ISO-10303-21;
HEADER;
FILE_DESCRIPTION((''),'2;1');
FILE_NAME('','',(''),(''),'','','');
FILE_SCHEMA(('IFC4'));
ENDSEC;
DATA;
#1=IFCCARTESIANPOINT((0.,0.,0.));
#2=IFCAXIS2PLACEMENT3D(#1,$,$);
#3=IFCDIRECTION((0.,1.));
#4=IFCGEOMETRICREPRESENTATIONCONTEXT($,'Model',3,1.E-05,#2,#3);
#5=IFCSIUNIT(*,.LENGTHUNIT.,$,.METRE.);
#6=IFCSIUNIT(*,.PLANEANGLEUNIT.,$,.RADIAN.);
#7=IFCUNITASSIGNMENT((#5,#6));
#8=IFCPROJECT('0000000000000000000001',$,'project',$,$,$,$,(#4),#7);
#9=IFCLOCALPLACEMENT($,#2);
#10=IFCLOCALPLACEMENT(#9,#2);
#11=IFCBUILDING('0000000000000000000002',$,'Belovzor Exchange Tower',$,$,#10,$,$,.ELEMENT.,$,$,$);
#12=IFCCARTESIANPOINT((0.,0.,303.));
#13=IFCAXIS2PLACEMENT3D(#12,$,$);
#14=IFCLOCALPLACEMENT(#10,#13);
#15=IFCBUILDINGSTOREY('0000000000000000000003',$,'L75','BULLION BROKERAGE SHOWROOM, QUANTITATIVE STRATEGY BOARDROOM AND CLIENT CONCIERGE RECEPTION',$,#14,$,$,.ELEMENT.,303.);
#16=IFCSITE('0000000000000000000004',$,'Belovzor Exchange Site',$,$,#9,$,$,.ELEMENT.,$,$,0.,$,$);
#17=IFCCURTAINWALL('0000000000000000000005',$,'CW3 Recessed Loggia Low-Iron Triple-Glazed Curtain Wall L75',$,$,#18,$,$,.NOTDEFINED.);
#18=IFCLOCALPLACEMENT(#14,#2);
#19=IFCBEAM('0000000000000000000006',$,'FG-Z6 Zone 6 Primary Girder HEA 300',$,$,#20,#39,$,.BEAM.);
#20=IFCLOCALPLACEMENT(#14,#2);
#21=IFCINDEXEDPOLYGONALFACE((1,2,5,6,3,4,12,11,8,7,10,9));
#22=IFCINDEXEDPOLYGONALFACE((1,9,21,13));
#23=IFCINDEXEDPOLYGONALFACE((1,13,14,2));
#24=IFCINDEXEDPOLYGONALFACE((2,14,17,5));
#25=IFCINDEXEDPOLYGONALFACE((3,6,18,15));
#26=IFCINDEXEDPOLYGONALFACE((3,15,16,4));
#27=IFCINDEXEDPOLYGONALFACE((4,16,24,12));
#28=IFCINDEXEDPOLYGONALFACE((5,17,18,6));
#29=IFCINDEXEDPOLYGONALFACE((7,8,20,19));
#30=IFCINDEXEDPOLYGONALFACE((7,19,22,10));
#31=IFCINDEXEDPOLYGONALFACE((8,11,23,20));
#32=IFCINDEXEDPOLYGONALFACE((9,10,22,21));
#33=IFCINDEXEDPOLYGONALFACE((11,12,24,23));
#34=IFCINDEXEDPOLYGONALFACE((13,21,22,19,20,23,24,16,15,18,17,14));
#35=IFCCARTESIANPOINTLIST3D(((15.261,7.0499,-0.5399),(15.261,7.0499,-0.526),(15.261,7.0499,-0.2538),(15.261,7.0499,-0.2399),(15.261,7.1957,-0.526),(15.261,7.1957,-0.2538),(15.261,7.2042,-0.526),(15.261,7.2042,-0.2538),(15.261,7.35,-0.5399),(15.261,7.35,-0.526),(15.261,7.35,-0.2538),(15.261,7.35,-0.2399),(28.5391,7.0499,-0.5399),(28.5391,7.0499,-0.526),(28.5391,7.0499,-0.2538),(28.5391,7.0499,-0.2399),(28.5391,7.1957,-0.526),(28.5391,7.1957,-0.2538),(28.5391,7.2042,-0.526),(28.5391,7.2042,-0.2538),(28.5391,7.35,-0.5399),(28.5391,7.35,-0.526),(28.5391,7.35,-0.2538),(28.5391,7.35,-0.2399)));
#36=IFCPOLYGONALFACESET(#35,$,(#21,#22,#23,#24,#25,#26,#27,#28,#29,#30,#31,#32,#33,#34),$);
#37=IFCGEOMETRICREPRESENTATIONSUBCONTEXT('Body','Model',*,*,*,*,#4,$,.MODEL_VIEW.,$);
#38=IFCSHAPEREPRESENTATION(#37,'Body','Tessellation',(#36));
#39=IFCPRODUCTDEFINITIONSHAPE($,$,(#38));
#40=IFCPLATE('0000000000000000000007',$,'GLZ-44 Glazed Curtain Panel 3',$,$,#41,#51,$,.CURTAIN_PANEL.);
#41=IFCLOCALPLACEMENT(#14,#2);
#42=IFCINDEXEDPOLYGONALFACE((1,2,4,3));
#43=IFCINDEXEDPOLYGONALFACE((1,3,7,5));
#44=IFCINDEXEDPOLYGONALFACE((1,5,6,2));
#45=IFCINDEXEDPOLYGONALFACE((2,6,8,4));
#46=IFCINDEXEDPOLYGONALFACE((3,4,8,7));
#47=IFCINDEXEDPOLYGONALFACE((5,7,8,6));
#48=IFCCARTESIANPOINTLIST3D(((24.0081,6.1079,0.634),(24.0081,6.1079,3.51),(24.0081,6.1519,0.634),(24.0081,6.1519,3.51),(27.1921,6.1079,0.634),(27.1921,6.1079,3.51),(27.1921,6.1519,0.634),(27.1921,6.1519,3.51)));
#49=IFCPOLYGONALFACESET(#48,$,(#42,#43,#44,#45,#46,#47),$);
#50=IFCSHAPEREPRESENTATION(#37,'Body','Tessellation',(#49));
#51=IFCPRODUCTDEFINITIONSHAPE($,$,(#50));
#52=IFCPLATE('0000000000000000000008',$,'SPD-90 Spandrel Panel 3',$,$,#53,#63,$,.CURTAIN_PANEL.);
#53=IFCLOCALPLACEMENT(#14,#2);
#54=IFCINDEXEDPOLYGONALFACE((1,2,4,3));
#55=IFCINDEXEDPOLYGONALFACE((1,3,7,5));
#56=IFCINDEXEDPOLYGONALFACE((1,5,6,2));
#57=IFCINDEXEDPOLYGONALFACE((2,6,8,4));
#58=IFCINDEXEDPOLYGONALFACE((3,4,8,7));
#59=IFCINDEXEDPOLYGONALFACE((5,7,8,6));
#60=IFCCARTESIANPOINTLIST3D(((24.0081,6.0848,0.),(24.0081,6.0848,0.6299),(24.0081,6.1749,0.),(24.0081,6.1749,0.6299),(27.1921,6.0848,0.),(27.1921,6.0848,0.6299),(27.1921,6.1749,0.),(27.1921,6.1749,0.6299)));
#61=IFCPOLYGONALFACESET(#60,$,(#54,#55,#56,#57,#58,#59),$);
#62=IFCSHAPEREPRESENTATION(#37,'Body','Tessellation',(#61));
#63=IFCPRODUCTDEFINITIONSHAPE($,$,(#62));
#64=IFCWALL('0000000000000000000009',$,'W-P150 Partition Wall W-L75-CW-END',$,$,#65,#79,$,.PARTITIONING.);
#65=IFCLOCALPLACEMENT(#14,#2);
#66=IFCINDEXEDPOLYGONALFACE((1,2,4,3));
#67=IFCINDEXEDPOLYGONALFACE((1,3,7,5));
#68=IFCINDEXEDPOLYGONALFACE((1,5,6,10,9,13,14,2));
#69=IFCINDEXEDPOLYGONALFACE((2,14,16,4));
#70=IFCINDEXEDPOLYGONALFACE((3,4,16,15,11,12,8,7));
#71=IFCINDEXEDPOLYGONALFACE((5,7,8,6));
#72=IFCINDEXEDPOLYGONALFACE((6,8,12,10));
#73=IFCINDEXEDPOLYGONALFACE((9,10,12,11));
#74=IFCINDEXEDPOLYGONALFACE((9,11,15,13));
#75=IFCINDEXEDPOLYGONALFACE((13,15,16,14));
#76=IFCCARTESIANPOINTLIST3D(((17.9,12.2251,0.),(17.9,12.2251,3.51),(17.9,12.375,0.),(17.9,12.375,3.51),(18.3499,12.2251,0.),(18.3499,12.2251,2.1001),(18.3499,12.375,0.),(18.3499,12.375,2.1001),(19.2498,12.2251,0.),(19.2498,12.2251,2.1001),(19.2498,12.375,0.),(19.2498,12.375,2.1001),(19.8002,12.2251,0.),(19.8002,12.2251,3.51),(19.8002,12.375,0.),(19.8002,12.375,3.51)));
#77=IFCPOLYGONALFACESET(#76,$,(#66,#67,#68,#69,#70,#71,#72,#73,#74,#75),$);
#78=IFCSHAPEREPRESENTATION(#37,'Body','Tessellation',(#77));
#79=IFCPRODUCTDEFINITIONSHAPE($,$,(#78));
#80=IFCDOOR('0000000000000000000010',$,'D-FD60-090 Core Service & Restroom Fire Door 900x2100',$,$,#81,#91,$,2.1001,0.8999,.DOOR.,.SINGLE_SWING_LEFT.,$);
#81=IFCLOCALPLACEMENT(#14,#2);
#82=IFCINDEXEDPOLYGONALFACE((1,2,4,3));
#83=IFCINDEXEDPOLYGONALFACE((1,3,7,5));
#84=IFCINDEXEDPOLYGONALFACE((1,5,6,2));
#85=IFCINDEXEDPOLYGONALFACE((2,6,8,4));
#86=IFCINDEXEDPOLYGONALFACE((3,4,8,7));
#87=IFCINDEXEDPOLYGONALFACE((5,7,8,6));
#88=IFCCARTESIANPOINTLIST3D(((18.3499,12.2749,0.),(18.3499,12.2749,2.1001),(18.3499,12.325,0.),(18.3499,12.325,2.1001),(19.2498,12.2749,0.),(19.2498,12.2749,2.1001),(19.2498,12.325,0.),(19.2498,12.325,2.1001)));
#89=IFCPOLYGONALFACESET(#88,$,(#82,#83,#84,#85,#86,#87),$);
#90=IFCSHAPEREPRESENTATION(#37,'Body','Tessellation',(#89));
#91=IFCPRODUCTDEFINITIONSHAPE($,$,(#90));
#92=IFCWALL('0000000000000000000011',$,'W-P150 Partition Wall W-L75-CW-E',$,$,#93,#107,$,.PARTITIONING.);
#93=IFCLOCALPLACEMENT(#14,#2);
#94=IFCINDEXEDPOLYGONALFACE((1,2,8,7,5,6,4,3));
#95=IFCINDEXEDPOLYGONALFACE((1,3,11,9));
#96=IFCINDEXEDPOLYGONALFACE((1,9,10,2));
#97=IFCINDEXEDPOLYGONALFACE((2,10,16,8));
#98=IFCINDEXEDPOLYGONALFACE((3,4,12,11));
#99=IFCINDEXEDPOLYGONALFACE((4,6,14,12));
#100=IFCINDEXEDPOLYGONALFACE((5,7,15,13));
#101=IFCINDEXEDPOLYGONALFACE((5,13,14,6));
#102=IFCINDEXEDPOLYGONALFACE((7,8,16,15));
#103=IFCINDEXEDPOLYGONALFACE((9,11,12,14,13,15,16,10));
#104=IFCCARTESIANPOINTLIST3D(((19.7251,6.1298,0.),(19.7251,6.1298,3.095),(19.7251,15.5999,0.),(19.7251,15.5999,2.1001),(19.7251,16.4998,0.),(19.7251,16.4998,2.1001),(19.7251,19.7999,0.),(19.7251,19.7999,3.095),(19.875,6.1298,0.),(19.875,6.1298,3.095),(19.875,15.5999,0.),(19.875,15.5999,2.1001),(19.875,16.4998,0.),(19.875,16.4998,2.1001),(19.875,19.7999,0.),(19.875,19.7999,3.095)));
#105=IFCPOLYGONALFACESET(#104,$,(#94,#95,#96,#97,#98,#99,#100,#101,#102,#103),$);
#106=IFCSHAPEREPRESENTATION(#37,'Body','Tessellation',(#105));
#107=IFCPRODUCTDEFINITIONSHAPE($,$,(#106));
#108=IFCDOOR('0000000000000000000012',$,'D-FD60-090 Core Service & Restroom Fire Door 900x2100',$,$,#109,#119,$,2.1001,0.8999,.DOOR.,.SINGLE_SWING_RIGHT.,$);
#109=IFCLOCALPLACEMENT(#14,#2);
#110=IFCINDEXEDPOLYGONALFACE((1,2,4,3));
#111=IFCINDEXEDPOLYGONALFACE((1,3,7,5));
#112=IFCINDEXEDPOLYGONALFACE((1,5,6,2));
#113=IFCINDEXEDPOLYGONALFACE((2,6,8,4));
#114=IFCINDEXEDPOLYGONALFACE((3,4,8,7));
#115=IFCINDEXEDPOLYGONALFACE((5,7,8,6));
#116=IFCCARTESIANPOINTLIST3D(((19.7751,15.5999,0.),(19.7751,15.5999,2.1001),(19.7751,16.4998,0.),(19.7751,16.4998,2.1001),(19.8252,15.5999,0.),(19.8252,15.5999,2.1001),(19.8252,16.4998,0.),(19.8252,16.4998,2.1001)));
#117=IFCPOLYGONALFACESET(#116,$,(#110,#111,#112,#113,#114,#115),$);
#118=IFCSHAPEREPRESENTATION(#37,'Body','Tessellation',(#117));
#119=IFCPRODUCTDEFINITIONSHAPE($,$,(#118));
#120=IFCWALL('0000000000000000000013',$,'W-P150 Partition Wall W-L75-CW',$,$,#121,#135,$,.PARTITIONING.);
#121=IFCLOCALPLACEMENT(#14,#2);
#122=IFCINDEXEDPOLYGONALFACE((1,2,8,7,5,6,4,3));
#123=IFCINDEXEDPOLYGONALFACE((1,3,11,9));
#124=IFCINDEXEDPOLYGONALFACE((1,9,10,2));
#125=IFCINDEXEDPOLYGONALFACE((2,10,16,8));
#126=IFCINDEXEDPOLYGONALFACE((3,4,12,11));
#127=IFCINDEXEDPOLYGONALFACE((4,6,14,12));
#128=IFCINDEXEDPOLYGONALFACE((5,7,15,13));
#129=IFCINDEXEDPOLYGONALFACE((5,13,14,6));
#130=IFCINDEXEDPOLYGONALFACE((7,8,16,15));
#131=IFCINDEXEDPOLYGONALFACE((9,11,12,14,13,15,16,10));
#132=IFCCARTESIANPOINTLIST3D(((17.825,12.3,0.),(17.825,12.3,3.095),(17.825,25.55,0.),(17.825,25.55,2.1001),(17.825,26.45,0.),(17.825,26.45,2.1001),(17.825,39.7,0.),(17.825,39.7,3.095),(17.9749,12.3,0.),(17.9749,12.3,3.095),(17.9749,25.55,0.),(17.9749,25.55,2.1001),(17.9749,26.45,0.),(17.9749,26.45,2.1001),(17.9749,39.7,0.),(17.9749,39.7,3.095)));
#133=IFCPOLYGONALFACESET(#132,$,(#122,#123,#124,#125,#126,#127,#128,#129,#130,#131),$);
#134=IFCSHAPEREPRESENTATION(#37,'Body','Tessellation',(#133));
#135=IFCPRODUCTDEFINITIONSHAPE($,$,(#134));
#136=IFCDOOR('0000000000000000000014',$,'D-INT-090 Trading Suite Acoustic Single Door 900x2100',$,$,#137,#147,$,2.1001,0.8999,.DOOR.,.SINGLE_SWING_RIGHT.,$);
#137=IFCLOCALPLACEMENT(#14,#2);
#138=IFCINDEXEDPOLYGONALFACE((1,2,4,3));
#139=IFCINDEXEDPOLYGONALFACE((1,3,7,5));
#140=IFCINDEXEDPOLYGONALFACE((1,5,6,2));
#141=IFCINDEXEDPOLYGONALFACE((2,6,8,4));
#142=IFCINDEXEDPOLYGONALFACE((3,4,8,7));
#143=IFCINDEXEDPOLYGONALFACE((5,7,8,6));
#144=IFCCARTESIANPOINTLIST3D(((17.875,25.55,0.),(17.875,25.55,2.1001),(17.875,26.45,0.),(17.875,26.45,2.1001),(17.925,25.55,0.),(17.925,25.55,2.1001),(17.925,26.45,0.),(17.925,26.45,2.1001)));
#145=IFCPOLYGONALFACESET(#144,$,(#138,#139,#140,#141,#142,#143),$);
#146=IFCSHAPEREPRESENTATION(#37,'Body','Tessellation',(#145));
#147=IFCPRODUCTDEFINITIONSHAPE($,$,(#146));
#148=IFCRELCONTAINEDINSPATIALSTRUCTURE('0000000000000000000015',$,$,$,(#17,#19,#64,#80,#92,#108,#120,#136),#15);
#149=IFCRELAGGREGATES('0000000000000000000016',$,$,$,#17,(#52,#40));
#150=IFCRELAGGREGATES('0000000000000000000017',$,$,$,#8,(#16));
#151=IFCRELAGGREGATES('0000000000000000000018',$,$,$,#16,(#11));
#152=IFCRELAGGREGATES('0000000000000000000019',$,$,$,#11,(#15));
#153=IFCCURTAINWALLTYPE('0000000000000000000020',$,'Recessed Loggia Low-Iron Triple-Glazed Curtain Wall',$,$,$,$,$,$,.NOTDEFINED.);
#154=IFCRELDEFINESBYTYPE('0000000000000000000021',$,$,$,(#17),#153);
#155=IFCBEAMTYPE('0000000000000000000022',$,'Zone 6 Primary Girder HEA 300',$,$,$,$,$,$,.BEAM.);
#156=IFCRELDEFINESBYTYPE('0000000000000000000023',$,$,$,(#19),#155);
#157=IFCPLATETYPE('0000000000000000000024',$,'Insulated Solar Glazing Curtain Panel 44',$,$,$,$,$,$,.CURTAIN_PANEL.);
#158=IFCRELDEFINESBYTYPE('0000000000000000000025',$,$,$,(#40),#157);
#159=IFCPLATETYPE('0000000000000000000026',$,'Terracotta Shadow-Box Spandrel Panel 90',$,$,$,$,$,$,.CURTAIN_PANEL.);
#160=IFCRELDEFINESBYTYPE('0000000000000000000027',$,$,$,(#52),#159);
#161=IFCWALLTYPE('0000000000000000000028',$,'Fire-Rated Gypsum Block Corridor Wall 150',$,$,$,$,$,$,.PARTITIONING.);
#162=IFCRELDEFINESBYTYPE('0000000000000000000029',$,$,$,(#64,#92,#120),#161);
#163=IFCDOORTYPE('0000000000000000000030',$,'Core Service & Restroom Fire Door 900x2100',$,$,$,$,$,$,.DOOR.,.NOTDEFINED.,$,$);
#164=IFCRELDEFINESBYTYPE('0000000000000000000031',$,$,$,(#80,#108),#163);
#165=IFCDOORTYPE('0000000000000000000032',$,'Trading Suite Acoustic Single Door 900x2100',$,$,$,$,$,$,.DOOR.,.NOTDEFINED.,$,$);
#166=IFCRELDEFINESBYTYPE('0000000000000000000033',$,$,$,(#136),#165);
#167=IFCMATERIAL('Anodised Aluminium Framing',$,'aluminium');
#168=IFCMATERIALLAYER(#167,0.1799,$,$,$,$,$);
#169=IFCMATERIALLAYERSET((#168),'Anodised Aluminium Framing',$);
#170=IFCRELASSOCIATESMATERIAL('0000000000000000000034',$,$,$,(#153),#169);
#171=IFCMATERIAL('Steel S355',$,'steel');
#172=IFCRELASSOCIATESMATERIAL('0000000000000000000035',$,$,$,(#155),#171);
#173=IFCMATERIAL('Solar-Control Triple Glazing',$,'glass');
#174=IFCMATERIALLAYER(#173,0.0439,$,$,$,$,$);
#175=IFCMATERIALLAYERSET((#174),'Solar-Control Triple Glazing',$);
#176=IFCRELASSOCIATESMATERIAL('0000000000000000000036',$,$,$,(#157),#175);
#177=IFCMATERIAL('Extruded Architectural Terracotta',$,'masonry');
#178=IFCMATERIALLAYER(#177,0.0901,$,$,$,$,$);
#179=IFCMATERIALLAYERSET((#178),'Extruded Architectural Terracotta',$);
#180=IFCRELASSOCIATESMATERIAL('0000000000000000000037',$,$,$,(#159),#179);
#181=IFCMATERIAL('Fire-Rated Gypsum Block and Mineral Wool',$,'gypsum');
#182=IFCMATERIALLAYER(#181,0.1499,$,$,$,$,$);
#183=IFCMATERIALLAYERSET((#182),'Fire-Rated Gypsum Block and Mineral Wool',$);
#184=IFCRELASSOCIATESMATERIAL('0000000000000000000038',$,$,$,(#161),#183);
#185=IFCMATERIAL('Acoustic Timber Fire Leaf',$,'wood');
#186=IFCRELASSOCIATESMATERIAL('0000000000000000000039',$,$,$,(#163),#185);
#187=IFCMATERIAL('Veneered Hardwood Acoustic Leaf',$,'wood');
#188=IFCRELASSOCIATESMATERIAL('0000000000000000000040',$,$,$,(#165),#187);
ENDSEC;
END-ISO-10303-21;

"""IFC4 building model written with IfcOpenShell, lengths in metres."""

from ifc_helpers import new_model, si_unit, direction, frame, frame_2d, origin, origin_2d, place, context, subcontext, project, spatial, rectangle, i_section, extrude, material, layer, layer_set, material_profile, profile_set, type_object, element, fill, aggregate, save


model = new_model("IFC4")

# Units and contexts
model_context = context("Model", 3, precision=1e-05, world=origin(), true_north=direction((0.0, 1.0)))
body_context = subcontext(model_context, "Body", "Model", "MODEL_VIEW")
ifc_project = project(units=[si_unit("LENGTHUNIT", "METRE"), si_unit("PLANEANGLEUNIT", "RADIAN")], contexts=[model_context])

# Site, building, storey
site_placement = place(None, origin())
site = spatial("IfcSite", under=ifc_project, at=site_placement, Name="Belovzor Exchange Site", CompositionType="ELEMENT", RefElevation=0.0)
building_placement = place(site_placement, origin())
building = spatial("IfcBuilding", under=site, at=building_placement, Name="Belovzor Exchange Tower", CompositionType="ELEMENT")
storey_placement = place(building_placement, frame((0.0, 0.0, 303.0)))
storey = spatial("IfcBuildingStorey", under=building, at=storey_placement, Name="L75", Description="BULLION BROKERAGE SHOWROOM, QUANTITATIVE STRATEGY BOARDROOM AND CLIENT CONCIERGE RECEPTION", CompositionType="ELEMENT", Elevation=303.0)

# Curtain wall
ifc_material_1 = material(Name="Anodised Aluminium Framing", Category="aluminium")
ifc_layer_1 = layer(ifc_material_1, 0.1799)
ifc_layer_set_1 = layer_set([ifc_layer_1], Name="Anodised Aluminium Framing")
curtain_wall_type = type_object("IfcCurtainWallType", Name="Recessed Loggia Low-Iron Triple-Glazed Curtain Wall", PredefinedType="NOTDEFINED", material=ifc_layer_set_1)
curtain_wall_placement = place(storey_placement, origin())
curtain_wall = element("IfcCurtainWall", 1, at=curtain_wall_placement, inside=storey, type_object=curtain_wall_type, Name="CW3 Recessed Loggia Low-Iron Triple-Glazed Curtain Wall L75", PredefinedType="NOTDEFINED")

# Beam
ifc_material_2 = material(Name="Steel S355", Category="steel")
ifc_material_profile_1 = material_profile(ifc_material_2, i_section(OverallWidth=0.3, OverallDepth=0.3, WebThickness=0.0085, FlangeThickness=0.0139, at=origin_2d()))
ifc_profile_set_1 = profile_set([ifc_material_profile_1], Name="Steel S355")
beam_type_1 = type_object("IfcBeamType", Name="Zone 6 Primary Girder HEA 300", PredefinedType="BEAM", material=ifc_profile_set_1)
beam_1_placement = place(storey_placement, frame((15.261, 7.2, -0.3899), z_axis=(1.0, 0.0, 0.0), x_axis=(0.0, 1.0, 0.0)))
element("IfcBeam", 2, at=beam_1_placement, inside=storey, type_object=beam_type_1, Name="FG-Z6 Zone 6 Primary Girder HEA 300", PredefinedType="BEAM", context=body_context, shape_type="SweptSolid", body=[
    extrude(i_section(OverallWidth=0.3, OverallDepth=0.3, WebThickness=0.0085, FlangeThickness=0.0139, at=origin_2d()), origin(), (0.0, 0.0, 1.0), 13.2781),
])

# Plates
ifc_material_3 = material(Name="Solar-Control Triple Glazing", Category="glass")
ifc_layer_2 = layer(ifc_material_3, 0.0439)
ifc_layer_set_2 = layer_set([ifc_layer_2], Name="Solar-Control Triple Glazing")
plate_type_1 = type_object("IfcPlateType", Name="Insulated Solar Glazing Curtain Panel 44", PredefinedType="CURTAIN_PANEL", material=ifc_layer_set_2)
plate_1_placement = place(storey_placement, frame((25.6001, 6.1299, 0.634), z_axis=(0.0, 0.0, 1.0), x_axis=(-1.0, 0.0, 0.0)))
plate_1 = element("IfcPlate", 3, at=plate_1_placement, type_object=plate_type_1, Name="GLZ-44 Glazed Curtain Panel 3", PredefinedType="CURTAIN_PANEL", context=body_context, shape_type="SweptSolid", body=[
    extrude(rectangle(XDim=3.1841, YDim=0.0439, at=origin_2d()), origin(), (0.0, 0.0, 1.0), 2.876),
])
ifc_material_4 = material(Name="Extruded Architectural Terracotta", Category="masonry")
ifc_layer_3 = layer(ifc_material_4, 0.0901)
ifc_layer_set_3 = layer_set([ifc_layer_3], Name="Extruded Architectural Terracotta")
plate_type_2 = type_object("IfcPlateType", Name="Terracotta Shadow-Box Spandrel Panel 90", PredefinedType="CURTAIN_PANEL", material=ifc_layer_set_3)
plate_2_placement = place(storey_placement, frame((25.6001, 6.1299, 0.0), z_axis=(0.0, 0.0, 1.0), x_axis=(-1.0, 0.0, 0.0)))
plate_2 = element("IfcPlate", 4, at=plate_2_placement, type_object=plate_type_2, Name="SPD-90 Spandrel Panel 3", PredefinedType="CURTAIN_PANEL", context=body_context, shape_type="SweptSolid", body=[
    extrude(rectangle(XDim=3.1841, YDim=0.0901, at=origin_2d()), origin(), (0.0, 0.0, 1.0), 0.6299),
])
aggregate(curtain_wall, [plate_2, plate_1])

# Walls, openings, doors
ifc_material_5 = material(Name="Fire-Rated Gypsum Block and Mineral Wool", Category="gypsum")
ifc_layer_4 = layer(ifc_material_5, 0.1499)
ifc_layer_set_4 = layer_set([ifc_layer_4], Name="Fire-Rated Gypsum Block and Mineral Wool")
wall_type_1 = type_object("IfcWallType", Name="Fire-Rated Gypsum Block Corridor Wall 150", PredefinedType="PARTITIONING", material=ifc_layer_set_4)
wall_1_placement = place(storey_placement, frame((17.8999, 12.3, 0.0), z_axis=(0.0, 0.0, 1.0), x_axis=(1.0, 0.0, 0.0)))
wall_1 = element("IfcWall", 5, at=wall_1_placement, inside=storey, type_object=wall_type_1, Name="W-P150 Partition Wall W-L75-CW-END", PredefinedType="PARTITIONING", context=body_context, shape_type="SweptSolid", body=[
    extrude(rectangle(XDim=1.9001, YDim=0.1499, at=frame_2d((0.9502, 0.0))), origin(), (0.0, 0.0, 1.0), 3.51),
])
opening_1_placement = place(wall_1_placement, frame((0.45, 0.0, 0.0)))
opening_1 = element("IfcOpeningElement", 6, at=opening_1_placement, cuts=wall_1, PredefinedType="OPENING", context=body_context, shape_type="SweptSolid", body=[
    extrude(rectangle(XDim=0.8999, YDim=2.1001, at=frame_2d((0.45, 1.05))), frame((0.0, 0.085, 0.0), z_axis=(0.0, -1.0, 0.0), x_axis=(1.0, 0.0, 0.0)), (0.0, 0.0, 1.0), 0.1699),
])
ifc_material_6 = material(Name="Acoustic Timber Fire Leaf", Category="wood")
door_type_1 = type_object("IfcDoorType", Name="Core Service & Restroom Fire Door 900x2100", OperationType="NOTDEFINED", PredefinedType="DOOR", material=ifc_material_6)
door_1_placement = place(opening_1_placement, origin())
door_1 = element("IfcDoor", 7, at=door_1_placement, inside=storey, type_object=door_type_1, Name="D-FD60-090 Core Service & Restroom Fire Door 900x2100", OperationType="SINGLE_SWING_LEFT", OverallHeight=2.1001, OverallWidth=0.8999, PredefinedType="DOOR", context=body_context, shape_type="SweptSolid", body=[
    extrude(rectangle(XDim=0.8999, YDim=2.1001, at=frame_2d((0.45, 1.05))), frame((0.0, 0.0249, 0.0), z_axis=(0.0, -1.0, 0.0), x_axis=(1.0, 0.0, 0.0)), (0.0, 0.0, 1.0), 0.05),
])
fill(opening_1, door_1)
wall_2_placement = place(storey_placement, frame((19.8, 6.1299, 0.0), z_axis=(0.0, 0.0, 1.0), x_axis=(0.0, 1.0, 0.0)))
wall_2 = element("IfcWall", 8, at=wall_2_placement, inside=storey, type_object=wall_type_1, Name="W-P150 Partition Wall W-L75-CW-E", PredefinedType="PARTITIONING", context=body_context, shape_type="SweptSolid", body=[
    extrude(rectangle(XDim=13.6702, YDim=0.1499, at=frame_2d((6.835, 0.0))), origin(), (0.0, 0.0, 1.0), 3.095),
])
opening_2_placement = place(wall_2_placement, frame((9.47, 0.0, 0.0)))
opening_2 = element("IfcOpeningElement", 9, at=opening_2_placement, cuts=wall_2, PredefinedType="OPENING", context=body_context, shape_type="SweptSolid", body=[
    extrude(rectangle(XDim=0.8999, YDim=2.1001, at=frame_2d((0.45, 1.05))), frame((0.0, 0.085, 0.0), z_axis=(0.0, -1.0, 0.0), x_axis=(1.0, 0.0, 0.0)), (0.0, 0.0, 1.0), 0.1699),
])
door_2_placement = place(opening_2_placement, origin())
door_2 = element("IfcDoor", 10, at=door_2_placement, inside=storey, type_object=door_type_1, Name="D-FD60-090 Core Service & Restroom Fire Door 900x2100", OperationType="SINGLE_SWING_RIGHT", OverallHeight=2.1001, OverallWidth=0.8999, PredefinedType="DOOR", context=body_context, shape_type="SweptSolid", body=[
    extrude(rectangle(XDim=0.8999, YDim=2.1001, at=frame_2d((0.45, 1.05))), frame((0.0, 0.0249, 0.0), z_axis=(0.0, -1.0, 0.0), x_axis=(1.0, 0.0, 0.0)), (0.0, 0.0, 1.0), 0.05),
])
fill(opening_2, door_2)
wall_3_placement = place(storey_placement, frame((17.8999, 12.3, 0.0), z_axis=(0.0, 0.0, 1.0), x_axis=(0.0, 1.0, 0.0)))
wall_3 = element("IfcWall", 11, at=wall_3_placement, inside=storey, type_object=wall_type_1, Name="W-P150 Partition Wall W-L75-CW", PredefinedType="PARTITIONING", context=body_context, shape_type="SweptSolid", body=[
    extrude(rectangle(XDim=27.3999, YDim=0.1499, at=frame_2d((13.7, 0.0))), origin(), (0.0, 0.0, 1.0), 3.095),
])
opening_3_placement = place(wall_3_placement, frame((13.25, 0.0, 0.0)))
opening_3 = element("IfcOpeningElement", 12, at=opening_3_placement, cuts=wall_3, PredefinedType="OPENING", context=body_context, shape_type="SweptSolid", body=[
    extrude(rectangle(XDim=0.8999, YDim=2.1001, at=frame_2d((0.45, 1.05))), frame((0.0, 0.085, 0.0), z_axis=(0.0, -1.0, 0.0), x_axis=(1.0, 0.0, 0.0)), (0.0, 0.0, 1.0), 0.1699),
])
ifc_material_7 = material(Name="Veneered Hardwood Acoustic Leaf", Category="wood")
door_type_2 = type_object("IfcDoorType", Name="Trading Suite Acoustic Single Door 900x2100", OperationType="NOTDEFINED", PredefinedType="DOOR", material=ifc_material_7)
door_3_placement = place(opening_3_placement, origin())
door_3 = element("IfcDoor", 13, at=door_3_placement, inside=storey, type_object=door_type_2, Name="D-INT-090 Trading Suite Acoustic Single Door 900x2100", OperationType="SINGLE_SWING_RIGHT", OverallHeight=2.1001, OverallWidth=0.8999, PredefinedType="DOOR", context=body_context, shape_type="SweptSolid", body=[
    extrude(rectangle(XDim=0.8999, YDim=2.1001, at=frame_2d((0.45, 1.05))), frame((0.0, 0.0249, 0.0), z_axis=(0.0, -1.0, 0.0), x_axis=(1.0, 0.0, 0.0)), (0.0, 0.0, 1.0), 0.05),
])
fill(opening_3, door_3)

save(model, "model.ifc")
